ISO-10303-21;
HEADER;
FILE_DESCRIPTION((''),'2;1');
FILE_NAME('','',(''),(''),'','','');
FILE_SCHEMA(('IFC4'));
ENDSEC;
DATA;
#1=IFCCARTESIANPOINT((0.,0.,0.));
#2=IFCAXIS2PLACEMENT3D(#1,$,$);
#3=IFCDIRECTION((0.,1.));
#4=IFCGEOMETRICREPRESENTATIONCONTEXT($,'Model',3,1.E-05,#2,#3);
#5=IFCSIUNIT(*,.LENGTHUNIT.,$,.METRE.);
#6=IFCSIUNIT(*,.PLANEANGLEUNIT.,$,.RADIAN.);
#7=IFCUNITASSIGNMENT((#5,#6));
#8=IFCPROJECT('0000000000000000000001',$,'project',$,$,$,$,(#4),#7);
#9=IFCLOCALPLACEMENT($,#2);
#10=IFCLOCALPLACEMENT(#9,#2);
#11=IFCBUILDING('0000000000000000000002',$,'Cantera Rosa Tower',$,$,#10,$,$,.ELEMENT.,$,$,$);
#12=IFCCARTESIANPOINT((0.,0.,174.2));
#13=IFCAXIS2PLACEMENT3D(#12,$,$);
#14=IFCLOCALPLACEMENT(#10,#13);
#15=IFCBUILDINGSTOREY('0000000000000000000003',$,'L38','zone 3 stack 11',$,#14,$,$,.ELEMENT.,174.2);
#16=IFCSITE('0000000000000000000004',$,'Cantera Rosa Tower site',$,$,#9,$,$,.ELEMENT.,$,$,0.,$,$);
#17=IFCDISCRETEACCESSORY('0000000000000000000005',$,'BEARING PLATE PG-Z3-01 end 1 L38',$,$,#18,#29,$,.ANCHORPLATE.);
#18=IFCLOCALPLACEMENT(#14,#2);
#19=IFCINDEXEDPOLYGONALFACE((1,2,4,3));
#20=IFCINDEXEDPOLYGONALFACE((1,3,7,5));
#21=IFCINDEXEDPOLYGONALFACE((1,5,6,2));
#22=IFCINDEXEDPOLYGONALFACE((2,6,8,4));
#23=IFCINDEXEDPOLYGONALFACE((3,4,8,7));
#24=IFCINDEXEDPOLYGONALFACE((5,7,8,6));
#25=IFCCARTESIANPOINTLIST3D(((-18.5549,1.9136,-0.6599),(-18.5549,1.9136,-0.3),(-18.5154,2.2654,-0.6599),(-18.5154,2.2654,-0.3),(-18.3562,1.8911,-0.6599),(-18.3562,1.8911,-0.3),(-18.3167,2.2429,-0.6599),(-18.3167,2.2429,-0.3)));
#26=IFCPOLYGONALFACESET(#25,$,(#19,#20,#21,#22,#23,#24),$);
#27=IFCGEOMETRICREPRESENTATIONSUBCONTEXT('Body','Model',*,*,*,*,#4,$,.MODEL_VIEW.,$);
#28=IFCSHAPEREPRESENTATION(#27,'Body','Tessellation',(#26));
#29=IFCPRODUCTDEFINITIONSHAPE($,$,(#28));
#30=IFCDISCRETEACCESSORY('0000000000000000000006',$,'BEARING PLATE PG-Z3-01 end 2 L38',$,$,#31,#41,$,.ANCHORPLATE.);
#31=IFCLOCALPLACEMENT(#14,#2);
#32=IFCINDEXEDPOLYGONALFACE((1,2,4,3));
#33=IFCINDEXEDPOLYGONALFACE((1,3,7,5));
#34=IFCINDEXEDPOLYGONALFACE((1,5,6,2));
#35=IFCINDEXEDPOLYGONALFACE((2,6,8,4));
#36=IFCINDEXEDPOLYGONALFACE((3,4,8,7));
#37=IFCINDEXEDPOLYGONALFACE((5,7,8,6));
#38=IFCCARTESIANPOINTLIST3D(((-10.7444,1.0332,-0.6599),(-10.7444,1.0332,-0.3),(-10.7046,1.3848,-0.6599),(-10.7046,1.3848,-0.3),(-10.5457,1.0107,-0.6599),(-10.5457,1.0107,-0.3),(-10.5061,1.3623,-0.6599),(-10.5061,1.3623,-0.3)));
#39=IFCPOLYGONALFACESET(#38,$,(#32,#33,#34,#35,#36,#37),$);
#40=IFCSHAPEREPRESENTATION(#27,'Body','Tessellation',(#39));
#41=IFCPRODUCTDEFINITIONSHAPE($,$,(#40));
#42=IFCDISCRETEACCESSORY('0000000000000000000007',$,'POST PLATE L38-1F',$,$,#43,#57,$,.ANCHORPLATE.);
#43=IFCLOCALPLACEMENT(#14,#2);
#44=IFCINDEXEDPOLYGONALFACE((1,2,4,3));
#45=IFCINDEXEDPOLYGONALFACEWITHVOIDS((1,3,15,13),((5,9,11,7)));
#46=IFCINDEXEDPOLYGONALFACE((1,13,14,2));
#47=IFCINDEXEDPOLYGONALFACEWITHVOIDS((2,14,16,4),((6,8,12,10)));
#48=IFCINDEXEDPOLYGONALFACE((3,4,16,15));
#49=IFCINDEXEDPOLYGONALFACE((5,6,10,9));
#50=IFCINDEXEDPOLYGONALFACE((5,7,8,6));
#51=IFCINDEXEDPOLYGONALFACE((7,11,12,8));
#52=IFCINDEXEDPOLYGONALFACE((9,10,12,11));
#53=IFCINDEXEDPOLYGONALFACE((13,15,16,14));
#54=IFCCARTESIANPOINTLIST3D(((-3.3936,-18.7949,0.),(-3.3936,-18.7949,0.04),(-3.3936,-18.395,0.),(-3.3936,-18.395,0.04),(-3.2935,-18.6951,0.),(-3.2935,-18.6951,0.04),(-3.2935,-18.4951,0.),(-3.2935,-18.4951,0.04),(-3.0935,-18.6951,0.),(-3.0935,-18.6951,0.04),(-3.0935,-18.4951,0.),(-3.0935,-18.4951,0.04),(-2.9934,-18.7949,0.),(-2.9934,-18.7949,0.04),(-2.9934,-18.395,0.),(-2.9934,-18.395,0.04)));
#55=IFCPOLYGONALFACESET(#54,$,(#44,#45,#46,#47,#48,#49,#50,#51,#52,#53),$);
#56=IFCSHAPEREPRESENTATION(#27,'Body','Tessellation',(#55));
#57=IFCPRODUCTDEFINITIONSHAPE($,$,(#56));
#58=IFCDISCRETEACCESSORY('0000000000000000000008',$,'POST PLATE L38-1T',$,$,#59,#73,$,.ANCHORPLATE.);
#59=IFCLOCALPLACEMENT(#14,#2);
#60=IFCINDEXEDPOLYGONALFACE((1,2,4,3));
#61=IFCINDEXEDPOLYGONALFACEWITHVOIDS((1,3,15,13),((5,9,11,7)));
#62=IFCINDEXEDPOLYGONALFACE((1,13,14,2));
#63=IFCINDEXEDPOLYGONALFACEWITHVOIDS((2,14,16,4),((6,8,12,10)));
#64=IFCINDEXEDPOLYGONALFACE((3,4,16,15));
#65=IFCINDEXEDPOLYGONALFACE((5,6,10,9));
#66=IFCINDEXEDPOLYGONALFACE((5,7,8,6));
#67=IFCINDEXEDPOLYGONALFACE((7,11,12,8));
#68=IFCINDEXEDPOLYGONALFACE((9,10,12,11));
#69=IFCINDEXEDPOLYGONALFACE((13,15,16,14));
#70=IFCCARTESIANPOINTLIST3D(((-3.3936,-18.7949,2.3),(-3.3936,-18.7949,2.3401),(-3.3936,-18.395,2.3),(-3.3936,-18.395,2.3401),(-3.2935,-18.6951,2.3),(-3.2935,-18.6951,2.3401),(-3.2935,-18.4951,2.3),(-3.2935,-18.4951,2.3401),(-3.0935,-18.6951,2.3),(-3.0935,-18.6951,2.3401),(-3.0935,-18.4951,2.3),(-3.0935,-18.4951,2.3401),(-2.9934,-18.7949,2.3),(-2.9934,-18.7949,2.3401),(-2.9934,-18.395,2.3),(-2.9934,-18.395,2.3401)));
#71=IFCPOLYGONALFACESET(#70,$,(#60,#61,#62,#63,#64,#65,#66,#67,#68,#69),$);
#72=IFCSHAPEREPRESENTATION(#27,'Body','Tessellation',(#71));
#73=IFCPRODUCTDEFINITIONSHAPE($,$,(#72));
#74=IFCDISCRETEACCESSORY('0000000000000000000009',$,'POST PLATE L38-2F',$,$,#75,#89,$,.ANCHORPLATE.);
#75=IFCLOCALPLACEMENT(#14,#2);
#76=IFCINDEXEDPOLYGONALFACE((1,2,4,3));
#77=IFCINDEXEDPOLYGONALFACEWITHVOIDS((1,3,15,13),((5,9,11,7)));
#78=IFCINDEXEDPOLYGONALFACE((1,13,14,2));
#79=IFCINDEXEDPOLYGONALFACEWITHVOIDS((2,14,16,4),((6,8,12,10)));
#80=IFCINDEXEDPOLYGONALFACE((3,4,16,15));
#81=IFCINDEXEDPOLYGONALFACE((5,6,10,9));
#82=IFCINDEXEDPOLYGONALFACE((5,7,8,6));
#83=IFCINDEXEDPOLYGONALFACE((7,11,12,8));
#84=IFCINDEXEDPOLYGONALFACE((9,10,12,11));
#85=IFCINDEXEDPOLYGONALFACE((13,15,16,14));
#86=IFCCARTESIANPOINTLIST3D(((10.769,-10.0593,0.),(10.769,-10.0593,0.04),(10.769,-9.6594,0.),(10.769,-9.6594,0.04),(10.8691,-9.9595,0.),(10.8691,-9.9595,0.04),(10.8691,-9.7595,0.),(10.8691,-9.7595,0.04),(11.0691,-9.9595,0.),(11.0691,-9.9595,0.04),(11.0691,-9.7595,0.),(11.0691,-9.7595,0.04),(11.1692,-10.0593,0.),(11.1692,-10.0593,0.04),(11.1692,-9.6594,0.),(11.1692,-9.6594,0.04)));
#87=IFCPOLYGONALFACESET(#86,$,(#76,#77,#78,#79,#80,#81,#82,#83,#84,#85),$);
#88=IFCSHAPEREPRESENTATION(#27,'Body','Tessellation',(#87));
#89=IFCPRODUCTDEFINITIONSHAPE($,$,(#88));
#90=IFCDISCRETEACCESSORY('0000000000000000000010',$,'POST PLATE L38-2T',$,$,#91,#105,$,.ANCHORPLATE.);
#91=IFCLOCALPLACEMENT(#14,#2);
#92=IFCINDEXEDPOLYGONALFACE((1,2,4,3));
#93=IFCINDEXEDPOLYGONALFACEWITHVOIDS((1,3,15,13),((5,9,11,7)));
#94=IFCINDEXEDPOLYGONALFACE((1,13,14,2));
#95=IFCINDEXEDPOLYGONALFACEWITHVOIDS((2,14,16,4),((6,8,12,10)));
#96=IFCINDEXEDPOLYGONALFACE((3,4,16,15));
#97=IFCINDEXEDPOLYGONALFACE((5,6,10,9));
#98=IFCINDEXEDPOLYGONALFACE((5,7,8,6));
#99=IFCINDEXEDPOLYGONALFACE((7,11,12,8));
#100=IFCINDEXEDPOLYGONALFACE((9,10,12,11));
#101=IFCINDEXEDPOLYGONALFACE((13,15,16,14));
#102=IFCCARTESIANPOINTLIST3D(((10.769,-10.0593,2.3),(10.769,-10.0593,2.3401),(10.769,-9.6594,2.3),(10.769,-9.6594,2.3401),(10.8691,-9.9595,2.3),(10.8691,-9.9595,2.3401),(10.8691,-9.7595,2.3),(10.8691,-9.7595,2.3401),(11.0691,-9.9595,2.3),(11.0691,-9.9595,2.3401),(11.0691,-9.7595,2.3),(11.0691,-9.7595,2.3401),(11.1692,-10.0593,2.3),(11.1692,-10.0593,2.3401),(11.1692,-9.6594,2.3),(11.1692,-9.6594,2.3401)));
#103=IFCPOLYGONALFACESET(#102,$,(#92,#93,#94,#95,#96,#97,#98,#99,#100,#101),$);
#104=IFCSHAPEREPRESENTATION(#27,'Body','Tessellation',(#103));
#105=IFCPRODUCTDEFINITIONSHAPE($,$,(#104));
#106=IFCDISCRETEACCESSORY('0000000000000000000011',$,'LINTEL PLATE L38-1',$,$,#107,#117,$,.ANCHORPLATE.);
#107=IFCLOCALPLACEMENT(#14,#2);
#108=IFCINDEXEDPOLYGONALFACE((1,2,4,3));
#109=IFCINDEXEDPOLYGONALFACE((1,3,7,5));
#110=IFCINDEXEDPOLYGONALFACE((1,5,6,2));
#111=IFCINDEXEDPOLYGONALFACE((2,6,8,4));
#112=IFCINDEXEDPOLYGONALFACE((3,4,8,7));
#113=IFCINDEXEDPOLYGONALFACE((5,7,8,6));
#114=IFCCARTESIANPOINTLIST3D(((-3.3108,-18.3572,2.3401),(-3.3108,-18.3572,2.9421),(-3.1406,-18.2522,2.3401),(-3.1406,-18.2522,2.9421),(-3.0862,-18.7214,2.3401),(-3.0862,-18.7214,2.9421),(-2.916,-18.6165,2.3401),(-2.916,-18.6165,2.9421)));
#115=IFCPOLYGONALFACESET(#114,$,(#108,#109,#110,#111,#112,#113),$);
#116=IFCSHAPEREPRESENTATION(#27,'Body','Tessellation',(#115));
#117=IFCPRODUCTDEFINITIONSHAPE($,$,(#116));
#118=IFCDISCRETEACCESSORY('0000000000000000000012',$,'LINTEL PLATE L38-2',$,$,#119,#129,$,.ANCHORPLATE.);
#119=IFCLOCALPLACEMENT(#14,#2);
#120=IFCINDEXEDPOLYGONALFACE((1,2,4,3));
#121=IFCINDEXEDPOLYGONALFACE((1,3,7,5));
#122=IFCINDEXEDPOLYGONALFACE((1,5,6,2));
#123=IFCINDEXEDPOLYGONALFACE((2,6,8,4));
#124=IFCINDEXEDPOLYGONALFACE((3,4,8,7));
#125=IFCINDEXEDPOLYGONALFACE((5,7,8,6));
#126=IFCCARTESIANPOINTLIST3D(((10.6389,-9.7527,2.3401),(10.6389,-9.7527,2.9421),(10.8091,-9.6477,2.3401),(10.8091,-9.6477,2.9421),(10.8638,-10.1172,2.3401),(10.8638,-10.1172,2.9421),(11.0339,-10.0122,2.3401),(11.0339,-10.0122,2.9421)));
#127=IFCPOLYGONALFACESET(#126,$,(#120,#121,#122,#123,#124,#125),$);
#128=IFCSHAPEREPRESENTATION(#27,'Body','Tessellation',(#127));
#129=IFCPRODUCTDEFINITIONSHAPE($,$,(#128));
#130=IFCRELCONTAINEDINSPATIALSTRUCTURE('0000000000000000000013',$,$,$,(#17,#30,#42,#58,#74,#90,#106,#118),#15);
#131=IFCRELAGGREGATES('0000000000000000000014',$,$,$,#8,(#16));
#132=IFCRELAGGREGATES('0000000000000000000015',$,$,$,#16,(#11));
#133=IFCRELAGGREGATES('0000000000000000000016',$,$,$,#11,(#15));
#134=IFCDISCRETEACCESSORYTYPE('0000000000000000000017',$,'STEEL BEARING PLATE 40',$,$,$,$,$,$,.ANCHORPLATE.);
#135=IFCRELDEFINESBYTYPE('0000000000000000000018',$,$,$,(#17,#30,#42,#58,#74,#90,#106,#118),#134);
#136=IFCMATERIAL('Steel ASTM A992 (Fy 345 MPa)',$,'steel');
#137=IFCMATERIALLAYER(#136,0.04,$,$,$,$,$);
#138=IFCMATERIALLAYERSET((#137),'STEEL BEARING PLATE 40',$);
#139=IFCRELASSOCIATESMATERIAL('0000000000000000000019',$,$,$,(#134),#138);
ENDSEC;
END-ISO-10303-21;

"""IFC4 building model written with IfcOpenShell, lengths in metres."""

from ifc_helpers import new_model, si_unit, direction, frame, origin, place, context, subcontext, project, spatial, polyline, outline, extrude, material, layer, layer_set, type_object, element, save


model = new_model("IFC4")

# Units and contexts
model_context = context("Model", 3, precision=1e-05, world=origin(), true_north=direction((0.0, 1.0)))
body_context = subcontext(model_context, "Body", "Model", "MODEL_VIEW")
ifc_project = project(units=[si_unit("LENGTHUNIT", "METRE"), si_unit("PLANEANGLEUNIT", "RADIAN")], contexts=[model_context])

# Site, building, storey
site_placement = place(None, origin())
site = spatial("IfcSite", under=ifc_project, at=site_placement, Name="Cantera Rosa Tower site", CompositionType="ELEMENT", RefElevation=0.0)
building_placement = place(site_placement, origin())
building = spatial("IfcBuilding", under=site, at=building_placement, Name="Cantera Rosa Tower", CompositionType="ELEMENT")
storey_placement = place(building_placement, frame((0.0, 0.0, 174.2)))
storey = spatial("IfcBuildingStorey", under=building, at=storey_placement, Name="L38", Description="zone 3 stack 11", CompositionType="ELEMENT", Elevation=174.2)

# Discrete accessories
ifc_material_1 = material(Name="Steel ASTM A992 (Fy 345 MPa)", Category="steel")
ifc_layer_1 = layer(ifc_material_1, 0.04)
ifc_layer_set_1 = layer_set([ifc_layer_1], Name="STEEL BEARING PLATE 40")
discrete_accessory_type = type_object("IfcDiscreteAccessoryType", Name="STEEL BEARING PLATE 40", PredefinedType="ANCHORPLATE", material=ifc_layer_set_1)
discrete_accessory_1_placement = place(storey_placement, frame((0.0, 0.0, -0.6599)))
element("IfcDiscreteAccessory", 1, at=discrete_accessory_1_placement, inside=storey, type_object=discrete_accessory_type, Name="BEARING PLATE PG-Z3-01 end 1 L38", PredefinedType="ANCHORPLATE", context=body_context, shape_type="SweptSolid", body=[
    extrude(outline(polyline([(-18.3167, 2.2429), (-18.5154, 2.2654), (-18.5549, 1.9136), (-18.3562, 1.8911), (-18.3167, 2.2429)])), origin(), (0.0, 0.0, 1.0), 0.3599),
])
discrete_accessory_2_placement = place(storey_placement, frame((0.0, 0.0, -0.6599)))
element("IfcDiscreteAccessory", 2, at=discrete_accessory_2_placement, inside=storey, type_object=discrete_accessory_type, Name="BEARING PLATE PG-Z3-01 end 2 L38", PredefinedType="ANCHORPLATE", context=body_context, shape_type="SweptSolid", body=[
    extrude(outline(polyline([(-10.7444, 1.0332), (-10.5457, 1.0107), (-10.5061, 1.3623), (-10.7046, 1.3848), (-10.7444, 1.0332)])), origin(), (0.0, 0.0, 1.0), 0.3599),
])
for number, where, name in (
    (3, (0.0, 0.0, 0.0), "POST PLATE L38-1F"),
    (4, (0.0, 0.0, 2.3), "POST PLATE L38-1T"),
):
    element("IfcDiscreteAccessory", number, at=place(storey_placement, frame(where)), inside=storey, type_object=discrete_accessory_type, Name=name, PredefinedType="ANCHORPLATE", context=body_context, shape_type="SweptSolid", body=[
        extrude(outline(polyline([(-3.3936, -18.7949), (-2.9934, -18.7949), (-2.9934, -18.395), (-3.3936, -18.395), (-3.3936, -18.7949)]), holes=[polyline([(-3.2935, -18.6951), (-3.0935, -18.6951), (-3.0935, -18.4951), (-3.2935, -18.4951), (-3.2935, -18.6951)])]), origin(), (0.0, 0.0, 1.0), 0.04),
    ])
for number, where, name in (
    (5, (0.0, 0.0, 0.0), "POST PLATE L38-2F"),
    (6, (0.0, 0.0, 2.3), "POST PLATE L38-2T"),
):
    element("IfcDiscreteAccessory", number, at=place(storey_placement, frame(where)), inside=storey, type_object=discrete_accessory_type, Name=name, PredefinedType="ANCHORPLATE", context=body_context, shape_type="SweptSolid", body=[
        extrude(outline(polyline([(10.769, -10.0593), (11.1692, -10.0593), (11.1692, -9.6594), (10.769, -9.6594), (10.769, -10.0593)]), holes=[polyline([(10.8691, -9.9595), (11.0691, -9.9595), (11.0691, -9.7595), (10.8691, -9.7595), (10.8691, -9.9595)])]), origin(), (0.0, 0.0, 1.0), 0.04),
    ])
discrete_accessory_3_placement = place(storey_placement, frame((0.0, 0.0, 2.3401)))
element("IfcDiscreteAccessory", 7, at=discrete_accessory_3_placement, inside=storey, type_object=discrete_accessory_type, Name="LINTEL PLATE L38-1", PredefinedType="ANCHORPLATE", context=body_context, shape_type="SweptSolid", body=[
    extrude(outline(polyline([(-3.1406, -18.2522), (-3.3108, -18.3572), (-3.0862, -18.7214), (-2.916, -18.6165), (-3.1406, -18.2522)])), origin(), (0.0, 0.0, 1.0), 0.6021),
])
discrete_accessory_4_placement = place(storey_placement, frame((0.0, 0.0, 2.3401)))
element("IfcDiscreteAccessory", 8, at=discrete_accessory_4_placement, inside=storey, type_object=discrete_accessory_type, Name="LINTEL PLATE L38-2", PredefinedType="ANCHORPLATE", context=body_context, shape_type="SweptSolid", body=[
    extrude(outline(polyline([(10.8638, -10.1172), (11.0339, -10.0122), (10.8091, -9.6477), (10.6389, -9.7527), (10.8638, -10.1172)])), origin(), (0.0, 0.0, 1.0), 0.6021),
])

save(model, "model.ifc")
